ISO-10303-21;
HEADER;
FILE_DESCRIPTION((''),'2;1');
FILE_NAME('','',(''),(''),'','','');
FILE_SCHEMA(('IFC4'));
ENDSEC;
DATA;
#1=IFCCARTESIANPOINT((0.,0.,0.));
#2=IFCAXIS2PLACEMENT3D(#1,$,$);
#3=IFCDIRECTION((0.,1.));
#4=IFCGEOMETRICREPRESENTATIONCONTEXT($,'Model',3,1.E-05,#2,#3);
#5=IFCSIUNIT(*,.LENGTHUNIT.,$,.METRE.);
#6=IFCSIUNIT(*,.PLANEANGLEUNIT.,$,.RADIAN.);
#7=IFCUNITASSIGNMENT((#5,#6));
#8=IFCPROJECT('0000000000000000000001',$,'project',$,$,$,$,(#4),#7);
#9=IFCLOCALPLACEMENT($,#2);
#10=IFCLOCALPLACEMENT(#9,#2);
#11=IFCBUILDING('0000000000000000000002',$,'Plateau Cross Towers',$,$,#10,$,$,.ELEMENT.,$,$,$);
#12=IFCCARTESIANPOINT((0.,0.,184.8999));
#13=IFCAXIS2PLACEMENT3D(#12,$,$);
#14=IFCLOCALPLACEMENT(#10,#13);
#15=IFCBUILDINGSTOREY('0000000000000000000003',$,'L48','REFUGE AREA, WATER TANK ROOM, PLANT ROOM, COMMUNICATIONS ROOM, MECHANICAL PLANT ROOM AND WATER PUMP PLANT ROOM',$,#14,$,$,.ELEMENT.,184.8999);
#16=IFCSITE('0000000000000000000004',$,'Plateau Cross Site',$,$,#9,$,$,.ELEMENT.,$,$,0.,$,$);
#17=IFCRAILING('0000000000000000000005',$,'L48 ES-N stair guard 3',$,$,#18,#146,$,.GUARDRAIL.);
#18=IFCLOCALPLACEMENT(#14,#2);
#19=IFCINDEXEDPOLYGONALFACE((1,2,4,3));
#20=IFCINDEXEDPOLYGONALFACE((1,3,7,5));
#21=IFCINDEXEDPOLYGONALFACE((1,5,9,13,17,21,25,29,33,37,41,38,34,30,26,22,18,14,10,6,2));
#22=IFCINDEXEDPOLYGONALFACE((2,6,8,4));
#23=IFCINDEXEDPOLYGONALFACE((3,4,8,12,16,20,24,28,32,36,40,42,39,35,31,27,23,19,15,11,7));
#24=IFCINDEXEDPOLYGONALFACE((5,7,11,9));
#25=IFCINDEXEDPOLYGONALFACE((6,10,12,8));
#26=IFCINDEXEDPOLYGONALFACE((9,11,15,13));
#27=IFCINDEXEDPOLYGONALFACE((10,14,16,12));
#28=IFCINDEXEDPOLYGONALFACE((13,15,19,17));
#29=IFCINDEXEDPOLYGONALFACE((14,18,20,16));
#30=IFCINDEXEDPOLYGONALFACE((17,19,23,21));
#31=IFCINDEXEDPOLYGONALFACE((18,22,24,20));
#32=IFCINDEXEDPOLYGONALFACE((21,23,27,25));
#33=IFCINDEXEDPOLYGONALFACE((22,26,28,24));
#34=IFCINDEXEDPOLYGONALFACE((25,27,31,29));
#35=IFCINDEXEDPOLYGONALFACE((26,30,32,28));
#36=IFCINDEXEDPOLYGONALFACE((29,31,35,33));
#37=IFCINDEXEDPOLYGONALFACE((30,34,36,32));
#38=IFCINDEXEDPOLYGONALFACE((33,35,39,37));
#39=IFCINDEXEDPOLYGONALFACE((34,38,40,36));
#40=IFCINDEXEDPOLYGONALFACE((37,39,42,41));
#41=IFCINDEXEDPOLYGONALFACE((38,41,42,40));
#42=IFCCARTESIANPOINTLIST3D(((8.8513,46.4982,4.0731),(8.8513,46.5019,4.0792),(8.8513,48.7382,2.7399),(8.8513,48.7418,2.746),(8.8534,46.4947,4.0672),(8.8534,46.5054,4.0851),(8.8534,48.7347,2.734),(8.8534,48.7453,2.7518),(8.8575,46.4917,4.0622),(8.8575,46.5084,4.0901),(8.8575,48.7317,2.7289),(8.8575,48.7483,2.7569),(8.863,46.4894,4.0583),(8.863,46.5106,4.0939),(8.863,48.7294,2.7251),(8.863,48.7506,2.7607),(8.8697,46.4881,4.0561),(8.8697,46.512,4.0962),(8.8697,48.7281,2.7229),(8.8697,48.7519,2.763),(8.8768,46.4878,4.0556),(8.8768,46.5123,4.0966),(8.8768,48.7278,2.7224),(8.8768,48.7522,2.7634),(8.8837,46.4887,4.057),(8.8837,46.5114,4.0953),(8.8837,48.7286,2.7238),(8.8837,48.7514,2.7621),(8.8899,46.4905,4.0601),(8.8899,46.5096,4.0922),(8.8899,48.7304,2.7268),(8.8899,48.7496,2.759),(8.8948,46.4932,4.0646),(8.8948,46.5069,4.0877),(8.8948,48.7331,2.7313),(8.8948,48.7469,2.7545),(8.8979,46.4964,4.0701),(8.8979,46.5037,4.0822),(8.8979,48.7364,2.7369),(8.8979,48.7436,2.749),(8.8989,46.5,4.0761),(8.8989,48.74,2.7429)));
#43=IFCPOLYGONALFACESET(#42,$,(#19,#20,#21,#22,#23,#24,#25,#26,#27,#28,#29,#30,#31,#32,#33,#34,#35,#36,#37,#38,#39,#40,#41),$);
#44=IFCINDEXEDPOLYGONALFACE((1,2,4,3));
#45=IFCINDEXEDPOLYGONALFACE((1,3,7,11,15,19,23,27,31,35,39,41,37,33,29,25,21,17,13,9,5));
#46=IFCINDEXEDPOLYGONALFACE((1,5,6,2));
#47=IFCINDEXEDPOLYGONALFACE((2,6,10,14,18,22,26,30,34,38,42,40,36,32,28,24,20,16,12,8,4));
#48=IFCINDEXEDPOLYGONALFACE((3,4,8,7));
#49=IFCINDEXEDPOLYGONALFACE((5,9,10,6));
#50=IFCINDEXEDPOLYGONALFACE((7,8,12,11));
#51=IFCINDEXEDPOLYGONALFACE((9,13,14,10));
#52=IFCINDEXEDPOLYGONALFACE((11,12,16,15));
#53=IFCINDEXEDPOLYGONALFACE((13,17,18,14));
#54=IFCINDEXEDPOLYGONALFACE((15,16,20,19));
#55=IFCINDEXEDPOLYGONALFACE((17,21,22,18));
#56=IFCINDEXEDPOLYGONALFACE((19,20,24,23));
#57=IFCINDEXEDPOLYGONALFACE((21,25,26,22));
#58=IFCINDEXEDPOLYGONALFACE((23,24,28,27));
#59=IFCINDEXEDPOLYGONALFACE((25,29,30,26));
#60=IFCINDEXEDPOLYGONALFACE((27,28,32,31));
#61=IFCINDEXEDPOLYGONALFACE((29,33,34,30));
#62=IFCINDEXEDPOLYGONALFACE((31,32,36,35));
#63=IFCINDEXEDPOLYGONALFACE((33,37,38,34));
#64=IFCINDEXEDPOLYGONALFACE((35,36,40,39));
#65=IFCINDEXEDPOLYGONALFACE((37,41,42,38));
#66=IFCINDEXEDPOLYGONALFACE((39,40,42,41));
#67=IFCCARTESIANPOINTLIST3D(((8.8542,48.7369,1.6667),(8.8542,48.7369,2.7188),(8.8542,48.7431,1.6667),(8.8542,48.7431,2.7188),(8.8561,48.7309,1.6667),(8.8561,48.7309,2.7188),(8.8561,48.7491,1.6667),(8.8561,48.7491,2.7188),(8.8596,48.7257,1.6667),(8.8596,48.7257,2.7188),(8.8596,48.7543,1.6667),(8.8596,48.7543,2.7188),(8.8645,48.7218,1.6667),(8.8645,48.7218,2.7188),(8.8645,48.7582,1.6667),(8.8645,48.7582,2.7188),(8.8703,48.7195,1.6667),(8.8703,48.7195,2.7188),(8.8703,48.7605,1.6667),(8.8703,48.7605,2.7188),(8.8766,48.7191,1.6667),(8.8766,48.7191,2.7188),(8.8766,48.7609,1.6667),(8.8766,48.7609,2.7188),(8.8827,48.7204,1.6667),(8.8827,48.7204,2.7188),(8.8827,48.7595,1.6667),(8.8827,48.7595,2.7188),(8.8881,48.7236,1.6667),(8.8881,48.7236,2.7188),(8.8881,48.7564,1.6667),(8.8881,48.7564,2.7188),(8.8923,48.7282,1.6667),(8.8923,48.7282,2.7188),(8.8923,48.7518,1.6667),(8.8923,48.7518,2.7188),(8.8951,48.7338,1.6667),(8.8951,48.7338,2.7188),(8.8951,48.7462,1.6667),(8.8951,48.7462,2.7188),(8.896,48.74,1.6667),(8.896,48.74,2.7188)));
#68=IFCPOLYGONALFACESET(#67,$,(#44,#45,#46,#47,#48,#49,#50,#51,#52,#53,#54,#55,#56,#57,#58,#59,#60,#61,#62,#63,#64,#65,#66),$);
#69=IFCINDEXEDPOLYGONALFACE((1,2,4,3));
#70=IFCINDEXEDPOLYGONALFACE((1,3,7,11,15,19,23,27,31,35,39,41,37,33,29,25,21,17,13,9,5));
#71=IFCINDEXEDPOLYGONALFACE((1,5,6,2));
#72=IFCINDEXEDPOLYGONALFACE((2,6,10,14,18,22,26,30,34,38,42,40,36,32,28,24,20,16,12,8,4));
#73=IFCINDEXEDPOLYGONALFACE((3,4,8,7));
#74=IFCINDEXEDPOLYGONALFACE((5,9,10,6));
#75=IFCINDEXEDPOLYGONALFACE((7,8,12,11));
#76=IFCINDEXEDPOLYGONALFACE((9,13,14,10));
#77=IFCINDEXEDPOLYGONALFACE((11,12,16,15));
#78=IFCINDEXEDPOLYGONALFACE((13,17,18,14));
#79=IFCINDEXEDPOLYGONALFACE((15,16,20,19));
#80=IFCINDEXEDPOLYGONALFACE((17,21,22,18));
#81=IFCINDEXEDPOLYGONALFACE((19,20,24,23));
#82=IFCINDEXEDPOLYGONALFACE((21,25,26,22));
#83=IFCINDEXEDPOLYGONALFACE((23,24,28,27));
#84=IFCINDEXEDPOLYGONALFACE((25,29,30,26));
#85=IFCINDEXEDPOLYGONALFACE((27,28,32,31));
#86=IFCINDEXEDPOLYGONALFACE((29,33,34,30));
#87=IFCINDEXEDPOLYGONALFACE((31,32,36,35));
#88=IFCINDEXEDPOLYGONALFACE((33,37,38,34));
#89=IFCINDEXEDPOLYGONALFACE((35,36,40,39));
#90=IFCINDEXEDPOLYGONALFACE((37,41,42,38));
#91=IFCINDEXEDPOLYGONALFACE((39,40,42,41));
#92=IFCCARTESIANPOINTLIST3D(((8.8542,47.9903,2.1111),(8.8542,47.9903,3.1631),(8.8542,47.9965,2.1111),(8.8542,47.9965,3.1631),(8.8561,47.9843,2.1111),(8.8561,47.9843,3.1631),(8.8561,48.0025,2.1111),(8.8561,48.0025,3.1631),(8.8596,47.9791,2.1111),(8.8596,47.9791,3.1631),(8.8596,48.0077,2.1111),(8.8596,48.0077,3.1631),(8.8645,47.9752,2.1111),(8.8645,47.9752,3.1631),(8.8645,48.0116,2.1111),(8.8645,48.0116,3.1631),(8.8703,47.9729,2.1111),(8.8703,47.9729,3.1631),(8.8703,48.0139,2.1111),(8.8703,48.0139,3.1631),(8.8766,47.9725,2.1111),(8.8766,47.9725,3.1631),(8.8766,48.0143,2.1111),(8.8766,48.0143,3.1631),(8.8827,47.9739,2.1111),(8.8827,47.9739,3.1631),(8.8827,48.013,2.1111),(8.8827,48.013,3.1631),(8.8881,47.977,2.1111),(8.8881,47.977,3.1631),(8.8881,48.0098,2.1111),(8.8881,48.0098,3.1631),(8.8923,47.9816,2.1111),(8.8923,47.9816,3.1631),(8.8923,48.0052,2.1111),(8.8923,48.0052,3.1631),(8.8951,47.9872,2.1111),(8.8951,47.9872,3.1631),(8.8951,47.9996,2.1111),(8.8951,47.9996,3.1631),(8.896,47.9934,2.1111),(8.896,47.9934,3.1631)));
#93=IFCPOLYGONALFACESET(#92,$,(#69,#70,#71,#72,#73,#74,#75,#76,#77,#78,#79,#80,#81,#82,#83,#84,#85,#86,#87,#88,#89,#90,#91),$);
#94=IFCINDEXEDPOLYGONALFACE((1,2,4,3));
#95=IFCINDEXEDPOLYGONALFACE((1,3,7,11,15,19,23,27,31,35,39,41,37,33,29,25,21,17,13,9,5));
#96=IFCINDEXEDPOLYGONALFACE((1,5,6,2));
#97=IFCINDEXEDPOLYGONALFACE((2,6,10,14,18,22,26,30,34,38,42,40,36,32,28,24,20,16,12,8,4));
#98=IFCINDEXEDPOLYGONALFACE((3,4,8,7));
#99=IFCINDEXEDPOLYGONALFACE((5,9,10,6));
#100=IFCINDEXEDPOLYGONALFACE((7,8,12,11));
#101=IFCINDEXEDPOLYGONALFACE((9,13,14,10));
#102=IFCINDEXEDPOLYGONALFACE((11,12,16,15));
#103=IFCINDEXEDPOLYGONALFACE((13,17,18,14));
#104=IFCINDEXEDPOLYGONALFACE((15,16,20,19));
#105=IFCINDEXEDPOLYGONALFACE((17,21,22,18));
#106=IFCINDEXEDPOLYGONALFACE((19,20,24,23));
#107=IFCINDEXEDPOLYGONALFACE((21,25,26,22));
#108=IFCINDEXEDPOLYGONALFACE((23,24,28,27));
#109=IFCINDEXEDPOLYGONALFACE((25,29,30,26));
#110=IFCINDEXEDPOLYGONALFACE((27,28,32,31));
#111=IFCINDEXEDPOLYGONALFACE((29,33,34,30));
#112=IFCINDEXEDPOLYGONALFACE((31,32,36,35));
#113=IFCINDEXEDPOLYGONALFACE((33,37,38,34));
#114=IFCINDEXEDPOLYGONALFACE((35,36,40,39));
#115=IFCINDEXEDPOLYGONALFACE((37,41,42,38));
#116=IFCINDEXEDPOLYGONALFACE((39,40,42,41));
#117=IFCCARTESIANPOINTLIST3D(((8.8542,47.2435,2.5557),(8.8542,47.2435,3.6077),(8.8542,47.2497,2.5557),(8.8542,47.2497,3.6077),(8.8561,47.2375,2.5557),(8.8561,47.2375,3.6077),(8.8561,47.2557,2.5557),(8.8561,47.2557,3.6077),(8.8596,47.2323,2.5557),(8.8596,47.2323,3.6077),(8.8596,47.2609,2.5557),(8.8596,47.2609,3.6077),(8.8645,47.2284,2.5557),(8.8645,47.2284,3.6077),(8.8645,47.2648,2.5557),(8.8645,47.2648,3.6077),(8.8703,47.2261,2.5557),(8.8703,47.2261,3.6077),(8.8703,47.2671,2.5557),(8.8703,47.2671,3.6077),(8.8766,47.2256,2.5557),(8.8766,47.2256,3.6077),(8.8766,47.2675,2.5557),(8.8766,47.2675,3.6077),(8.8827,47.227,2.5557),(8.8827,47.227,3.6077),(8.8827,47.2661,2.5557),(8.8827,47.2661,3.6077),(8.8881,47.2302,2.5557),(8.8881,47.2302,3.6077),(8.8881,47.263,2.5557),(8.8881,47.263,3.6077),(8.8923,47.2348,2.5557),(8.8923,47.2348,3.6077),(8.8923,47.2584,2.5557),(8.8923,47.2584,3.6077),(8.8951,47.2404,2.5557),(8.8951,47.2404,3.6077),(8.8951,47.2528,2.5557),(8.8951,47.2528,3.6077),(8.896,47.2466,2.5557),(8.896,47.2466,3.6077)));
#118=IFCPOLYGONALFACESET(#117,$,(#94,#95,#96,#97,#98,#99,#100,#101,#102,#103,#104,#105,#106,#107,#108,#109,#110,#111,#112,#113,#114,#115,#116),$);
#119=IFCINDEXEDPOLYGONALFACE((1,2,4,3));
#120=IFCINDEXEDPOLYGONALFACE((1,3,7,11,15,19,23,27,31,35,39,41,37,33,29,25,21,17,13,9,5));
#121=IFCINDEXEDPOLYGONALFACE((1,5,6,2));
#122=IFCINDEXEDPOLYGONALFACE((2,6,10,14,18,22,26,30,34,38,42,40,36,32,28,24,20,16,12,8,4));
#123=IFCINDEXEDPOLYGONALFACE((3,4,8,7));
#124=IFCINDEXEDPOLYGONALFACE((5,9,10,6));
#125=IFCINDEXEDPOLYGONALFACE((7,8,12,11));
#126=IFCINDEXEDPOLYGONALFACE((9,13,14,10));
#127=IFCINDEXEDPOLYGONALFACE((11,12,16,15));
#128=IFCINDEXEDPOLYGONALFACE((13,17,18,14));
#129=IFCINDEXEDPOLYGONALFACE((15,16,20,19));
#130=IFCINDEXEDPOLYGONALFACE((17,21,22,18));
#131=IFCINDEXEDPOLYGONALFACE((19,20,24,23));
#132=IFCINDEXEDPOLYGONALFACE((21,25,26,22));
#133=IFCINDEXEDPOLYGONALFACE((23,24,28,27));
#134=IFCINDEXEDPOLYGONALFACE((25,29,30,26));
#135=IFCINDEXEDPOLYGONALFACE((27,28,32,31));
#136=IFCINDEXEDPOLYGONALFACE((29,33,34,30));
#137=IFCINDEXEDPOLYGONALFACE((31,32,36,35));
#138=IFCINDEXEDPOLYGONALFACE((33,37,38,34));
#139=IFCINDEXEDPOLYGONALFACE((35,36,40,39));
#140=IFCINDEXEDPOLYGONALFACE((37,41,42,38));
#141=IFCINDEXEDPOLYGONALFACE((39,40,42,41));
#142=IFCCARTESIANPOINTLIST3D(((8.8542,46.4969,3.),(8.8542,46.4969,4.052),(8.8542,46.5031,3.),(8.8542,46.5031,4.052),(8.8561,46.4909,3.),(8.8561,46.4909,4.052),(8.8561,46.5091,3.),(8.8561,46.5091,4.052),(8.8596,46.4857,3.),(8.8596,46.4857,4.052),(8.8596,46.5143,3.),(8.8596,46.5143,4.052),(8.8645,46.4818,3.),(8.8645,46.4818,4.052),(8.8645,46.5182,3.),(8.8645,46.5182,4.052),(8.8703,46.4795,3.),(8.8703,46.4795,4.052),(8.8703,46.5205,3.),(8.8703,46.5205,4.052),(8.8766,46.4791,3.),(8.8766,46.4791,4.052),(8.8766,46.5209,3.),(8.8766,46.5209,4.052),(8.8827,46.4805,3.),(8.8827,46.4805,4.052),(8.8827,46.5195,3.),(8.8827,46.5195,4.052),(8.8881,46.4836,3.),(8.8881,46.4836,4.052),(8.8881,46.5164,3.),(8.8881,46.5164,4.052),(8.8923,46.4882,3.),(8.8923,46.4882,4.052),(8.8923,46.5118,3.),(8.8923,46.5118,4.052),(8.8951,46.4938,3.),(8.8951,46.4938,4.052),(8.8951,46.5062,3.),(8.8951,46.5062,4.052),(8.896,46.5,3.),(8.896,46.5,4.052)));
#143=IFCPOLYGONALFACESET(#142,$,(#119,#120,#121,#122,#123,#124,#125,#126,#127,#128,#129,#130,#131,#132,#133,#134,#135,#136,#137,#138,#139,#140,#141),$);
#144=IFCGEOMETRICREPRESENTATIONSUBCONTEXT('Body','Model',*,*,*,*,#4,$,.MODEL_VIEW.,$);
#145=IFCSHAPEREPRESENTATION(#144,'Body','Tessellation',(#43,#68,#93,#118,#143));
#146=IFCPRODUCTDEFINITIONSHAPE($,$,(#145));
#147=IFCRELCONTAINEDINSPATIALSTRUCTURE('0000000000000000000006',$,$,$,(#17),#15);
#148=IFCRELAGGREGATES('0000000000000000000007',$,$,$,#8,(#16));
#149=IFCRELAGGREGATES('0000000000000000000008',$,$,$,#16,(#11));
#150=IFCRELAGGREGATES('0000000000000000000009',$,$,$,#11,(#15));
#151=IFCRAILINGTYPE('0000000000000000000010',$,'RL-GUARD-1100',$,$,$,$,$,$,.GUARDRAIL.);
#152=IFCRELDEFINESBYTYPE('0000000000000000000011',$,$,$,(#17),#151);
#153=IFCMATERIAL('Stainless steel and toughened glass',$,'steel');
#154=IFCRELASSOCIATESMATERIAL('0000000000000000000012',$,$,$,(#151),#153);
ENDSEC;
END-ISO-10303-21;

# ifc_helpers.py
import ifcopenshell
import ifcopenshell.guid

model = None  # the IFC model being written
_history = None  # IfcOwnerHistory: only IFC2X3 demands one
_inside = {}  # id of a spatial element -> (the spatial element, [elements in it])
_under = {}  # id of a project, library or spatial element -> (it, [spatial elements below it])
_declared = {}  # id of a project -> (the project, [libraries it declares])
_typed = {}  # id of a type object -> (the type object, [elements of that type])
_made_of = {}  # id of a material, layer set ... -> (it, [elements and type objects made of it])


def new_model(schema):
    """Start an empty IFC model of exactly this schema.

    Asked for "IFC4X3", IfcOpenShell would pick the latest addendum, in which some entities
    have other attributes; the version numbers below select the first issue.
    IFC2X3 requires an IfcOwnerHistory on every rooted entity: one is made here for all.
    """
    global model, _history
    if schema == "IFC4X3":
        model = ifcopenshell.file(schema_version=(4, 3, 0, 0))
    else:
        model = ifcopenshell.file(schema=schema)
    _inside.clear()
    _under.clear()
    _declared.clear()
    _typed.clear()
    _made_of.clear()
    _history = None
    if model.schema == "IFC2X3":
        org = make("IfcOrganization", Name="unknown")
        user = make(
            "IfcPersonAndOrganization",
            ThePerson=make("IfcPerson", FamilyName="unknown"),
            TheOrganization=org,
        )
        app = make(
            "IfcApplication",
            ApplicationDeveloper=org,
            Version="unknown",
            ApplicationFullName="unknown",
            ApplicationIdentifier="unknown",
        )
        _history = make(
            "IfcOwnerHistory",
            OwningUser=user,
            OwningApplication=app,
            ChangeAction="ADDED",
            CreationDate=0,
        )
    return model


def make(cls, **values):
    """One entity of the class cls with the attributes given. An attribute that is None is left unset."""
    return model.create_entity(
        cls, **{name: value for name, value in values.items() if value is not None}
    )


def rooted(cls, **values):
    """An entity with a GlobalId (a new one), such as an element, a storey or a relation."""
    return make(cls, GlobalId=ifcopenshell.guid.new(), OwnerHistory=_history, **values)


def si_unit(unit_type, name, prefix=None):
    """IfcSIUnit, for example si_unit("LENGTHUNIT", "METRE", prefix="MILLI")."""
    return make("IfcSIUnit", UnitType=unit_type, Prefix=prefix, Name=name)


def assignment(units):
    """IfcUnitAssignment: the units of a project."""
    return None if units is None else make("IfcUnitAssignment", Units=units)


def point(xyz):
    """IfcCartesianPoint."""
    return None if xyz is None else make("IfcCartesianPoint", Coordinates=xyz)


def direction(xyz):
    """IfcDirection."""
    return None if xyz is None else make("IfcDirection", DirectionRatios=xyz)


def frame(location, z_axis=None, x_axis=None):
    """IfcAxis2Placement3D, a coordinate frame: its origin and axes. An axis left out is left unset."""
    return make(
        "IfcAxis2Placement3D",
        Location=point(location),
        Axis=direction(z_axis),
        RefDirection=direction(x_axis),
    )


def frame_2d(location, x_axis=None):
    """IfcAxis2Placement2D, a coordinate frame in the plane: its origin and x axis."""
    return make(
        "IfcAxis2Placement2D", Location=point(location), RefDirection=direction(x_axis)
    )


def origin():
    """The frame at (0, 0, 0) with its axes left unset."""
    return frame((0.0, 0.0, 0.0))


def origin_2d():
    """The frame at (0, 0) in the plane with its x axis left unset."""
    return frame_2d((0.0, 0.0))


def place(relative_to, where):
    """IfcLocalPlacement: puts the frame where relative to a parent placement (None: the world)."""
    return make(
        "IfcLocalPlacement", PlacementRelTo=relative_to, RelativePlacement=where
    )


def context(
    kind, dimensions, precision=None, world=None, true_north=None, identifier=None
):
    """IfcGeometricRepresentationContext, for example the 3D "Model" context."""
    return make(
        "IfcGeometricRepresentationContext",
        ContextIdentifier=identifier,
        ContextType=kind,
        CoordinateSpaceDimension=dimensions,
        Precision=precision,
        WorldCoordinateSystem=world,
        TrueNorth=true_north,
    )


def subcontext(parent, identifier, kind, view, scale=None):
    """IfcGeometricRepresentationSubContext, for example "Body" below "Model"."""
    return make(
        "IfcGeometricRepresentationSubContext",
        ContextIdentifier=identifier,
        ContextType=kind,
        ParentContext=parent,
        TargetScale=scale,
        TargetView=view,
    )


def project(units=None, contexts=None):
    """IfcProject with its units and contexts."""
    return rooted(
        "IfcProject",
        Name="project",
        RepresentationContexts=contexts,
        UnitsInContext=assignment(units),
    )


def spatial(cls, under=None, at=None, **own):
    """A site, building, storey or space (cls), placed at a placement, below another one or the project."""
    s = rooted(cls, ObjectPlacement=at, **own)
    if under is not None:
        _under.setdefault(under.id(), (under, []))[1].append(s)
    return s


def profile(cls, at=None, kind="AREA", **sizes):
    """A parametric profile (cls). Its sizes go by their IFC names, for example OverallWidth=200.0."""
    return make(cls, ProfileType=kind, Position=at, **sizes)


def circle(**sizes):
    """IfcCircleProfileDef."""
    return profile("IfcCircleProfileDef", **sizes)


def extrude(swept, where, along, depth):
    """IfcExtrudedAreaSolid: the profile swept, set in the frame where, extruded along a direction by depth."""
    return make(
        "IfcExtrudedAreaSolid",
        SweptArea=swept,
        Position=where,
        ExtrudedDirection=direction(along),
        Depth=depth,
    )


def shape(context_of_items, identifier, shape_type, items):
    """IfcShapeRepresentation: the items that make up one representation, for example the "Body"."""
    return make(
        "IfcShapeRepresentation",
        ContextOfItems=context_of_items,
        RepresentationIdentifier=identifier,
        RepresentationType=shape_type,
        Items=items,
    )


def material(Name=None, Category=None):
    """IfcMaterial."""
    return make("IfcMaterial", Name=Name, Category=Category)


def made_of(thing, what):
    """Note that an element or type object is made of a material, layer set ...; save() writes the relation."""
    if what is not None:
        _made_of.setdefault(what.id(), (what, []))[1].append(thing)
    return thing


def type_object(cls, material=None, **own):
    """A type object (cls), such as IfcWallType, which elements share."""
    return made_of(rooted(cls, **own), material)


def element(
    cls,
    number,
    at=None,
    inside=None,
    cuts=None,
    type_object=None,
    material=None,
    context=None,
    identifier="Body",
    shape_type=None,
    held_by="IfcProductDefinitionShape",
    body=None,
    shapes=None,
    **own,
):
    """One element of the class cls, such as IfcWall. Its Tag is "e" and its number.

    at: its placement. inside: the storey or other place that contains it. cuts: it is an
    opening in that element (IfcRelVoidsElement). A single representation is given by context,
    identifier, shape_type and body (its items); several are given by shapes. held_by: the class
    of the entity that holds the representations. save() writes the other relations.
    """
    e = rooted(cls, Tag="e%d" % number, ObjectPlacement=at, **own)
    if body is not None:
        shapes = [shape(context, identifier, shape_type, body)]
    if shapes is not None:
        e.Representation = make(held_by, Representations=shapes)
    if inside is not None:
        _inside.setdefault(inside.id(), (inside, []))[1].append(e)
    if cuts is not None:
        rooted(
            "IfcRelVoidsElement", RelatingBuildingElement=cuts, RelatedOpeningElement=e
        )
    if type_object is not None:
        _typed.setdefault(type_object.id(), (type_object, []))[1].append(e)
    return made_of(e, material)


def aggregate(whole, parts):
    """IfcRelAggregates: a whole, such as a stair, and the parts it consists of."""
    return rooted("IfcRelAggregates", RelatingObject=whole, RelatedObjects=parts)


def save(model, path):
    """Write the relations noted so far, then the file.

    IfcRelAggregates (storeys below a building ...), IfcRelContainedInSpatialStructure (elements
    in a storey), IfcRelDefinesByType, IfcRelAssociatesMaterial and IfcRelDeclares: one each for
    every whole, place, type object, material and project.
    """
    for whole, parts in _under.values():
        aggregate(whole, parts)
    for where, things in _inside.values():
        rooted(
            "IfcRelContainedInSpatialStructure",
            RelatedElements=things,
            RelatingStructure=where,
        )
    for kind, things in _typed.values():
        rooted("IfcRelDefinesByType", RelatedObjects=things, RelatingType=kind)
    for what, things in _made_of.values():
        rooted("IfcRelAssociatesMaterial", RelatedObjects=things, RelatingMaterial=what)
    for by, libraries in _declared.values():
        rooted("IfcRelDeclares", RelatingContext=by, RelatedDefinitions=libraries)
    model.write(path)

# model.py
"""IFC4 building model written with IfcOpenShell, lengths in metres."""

from ifc_helpers import new_model, si_unit, direction, frame, origin, origin_2d, place, context, subcontext, project, spatial, circle, extrude, material, type_object, element, save


model = new_model("IFC4")

# Units and contexts
model_context = context("Model", 3, precision=1e-05, world=origin(), true_north=direction((0.0, 1.0)))
body_context = subcontext(model_context, "Body", "Model", "MODEL_VIEW")
ifc_project = project(units=[si_unit("LENGTHUNIT", "METRE"), si_unit("PLANEANGLEUNIT", "RADIAN")], contexts=[model_context])

# Site, building, storey
site_placement = place(None, origin())
site = spatial("IfcSite", under=ifc_project, at=site_placement, Name="Plateau Cross Site", CompositionType="ELEMENT", RefElevation=0.0)
building_placement = place(site_placement, origin())
building = spatial("IfcBuilding", under=site, at=building_placement, Name="Plateau Cross Towers", CompositionType="ELEMENT")
storey_placement = place(building_placement, frame((0.0, 0.0, 184.8999)))
storey = spatial("IfcBuildingStorey", under=building, at=storey_placement, Name="L48", Description="REFUGE AREA, WATER TANK ROOM, PLANT ROOM, COMMUNICATIONS ROOM, MECHANICAL PLANT ROOM AND WATER PUMP PLANT ROOM", CompositionType="ELEMENT", Elevation=184.8999)

# Railing
ifc_material_1 = material(Name="Stainless steel and toughened glass", Category="steel")
railing_type_1 = type_object("IfcRailingType", Name="RL-GUARD-1100", PredefinedType="GUARDRAIL", material=ifc_material_1)
railing_1_placement = place(storey_placement, frame((8.875, 48.74, 1.6667)))
element("IfcRailing", 1, at=railing_1_placement, inside=storey, type_object=railing_type_1, Name="L48 ES-N stair guard 3", PredefinedType="GUARDRAIL", context=body_context, shape_type="SweptSolid", body=[
    extrude(circle(Radius=0.0239, at=origin_2d()), frame((0.0, 0.0, 1.0762), z_axis=(0.0, -0.859306, 0.511462), x_axis=(1.0, 0.0, 0.0)), (0.0, 0.0, 1.0), 2.6067),
    extrude(circle(Radius=0.021, at=origin_2d()), origin(), (0.0, 0.0, 1.0), 1.052),
    extrude(circle(Radius=0.021, at=origin_2d()), frame((0.0, -0.7466, 0.4443)), (0.0, 0.0, 1.0), 1.052),
    extrude(circle(Radius=0.021, at=origin_2d()), frame((0.0, -1.4934, 0.8889)), (0.0, 0.0, 1.0), 1.052),
    extrude(circle(Radius=0.021, at=origin_2d()), frame((0.0, -2.24, 1.3333)), (0.0, 0.0, 1.0), 1.052),
])

save(model, "model.ifc")
